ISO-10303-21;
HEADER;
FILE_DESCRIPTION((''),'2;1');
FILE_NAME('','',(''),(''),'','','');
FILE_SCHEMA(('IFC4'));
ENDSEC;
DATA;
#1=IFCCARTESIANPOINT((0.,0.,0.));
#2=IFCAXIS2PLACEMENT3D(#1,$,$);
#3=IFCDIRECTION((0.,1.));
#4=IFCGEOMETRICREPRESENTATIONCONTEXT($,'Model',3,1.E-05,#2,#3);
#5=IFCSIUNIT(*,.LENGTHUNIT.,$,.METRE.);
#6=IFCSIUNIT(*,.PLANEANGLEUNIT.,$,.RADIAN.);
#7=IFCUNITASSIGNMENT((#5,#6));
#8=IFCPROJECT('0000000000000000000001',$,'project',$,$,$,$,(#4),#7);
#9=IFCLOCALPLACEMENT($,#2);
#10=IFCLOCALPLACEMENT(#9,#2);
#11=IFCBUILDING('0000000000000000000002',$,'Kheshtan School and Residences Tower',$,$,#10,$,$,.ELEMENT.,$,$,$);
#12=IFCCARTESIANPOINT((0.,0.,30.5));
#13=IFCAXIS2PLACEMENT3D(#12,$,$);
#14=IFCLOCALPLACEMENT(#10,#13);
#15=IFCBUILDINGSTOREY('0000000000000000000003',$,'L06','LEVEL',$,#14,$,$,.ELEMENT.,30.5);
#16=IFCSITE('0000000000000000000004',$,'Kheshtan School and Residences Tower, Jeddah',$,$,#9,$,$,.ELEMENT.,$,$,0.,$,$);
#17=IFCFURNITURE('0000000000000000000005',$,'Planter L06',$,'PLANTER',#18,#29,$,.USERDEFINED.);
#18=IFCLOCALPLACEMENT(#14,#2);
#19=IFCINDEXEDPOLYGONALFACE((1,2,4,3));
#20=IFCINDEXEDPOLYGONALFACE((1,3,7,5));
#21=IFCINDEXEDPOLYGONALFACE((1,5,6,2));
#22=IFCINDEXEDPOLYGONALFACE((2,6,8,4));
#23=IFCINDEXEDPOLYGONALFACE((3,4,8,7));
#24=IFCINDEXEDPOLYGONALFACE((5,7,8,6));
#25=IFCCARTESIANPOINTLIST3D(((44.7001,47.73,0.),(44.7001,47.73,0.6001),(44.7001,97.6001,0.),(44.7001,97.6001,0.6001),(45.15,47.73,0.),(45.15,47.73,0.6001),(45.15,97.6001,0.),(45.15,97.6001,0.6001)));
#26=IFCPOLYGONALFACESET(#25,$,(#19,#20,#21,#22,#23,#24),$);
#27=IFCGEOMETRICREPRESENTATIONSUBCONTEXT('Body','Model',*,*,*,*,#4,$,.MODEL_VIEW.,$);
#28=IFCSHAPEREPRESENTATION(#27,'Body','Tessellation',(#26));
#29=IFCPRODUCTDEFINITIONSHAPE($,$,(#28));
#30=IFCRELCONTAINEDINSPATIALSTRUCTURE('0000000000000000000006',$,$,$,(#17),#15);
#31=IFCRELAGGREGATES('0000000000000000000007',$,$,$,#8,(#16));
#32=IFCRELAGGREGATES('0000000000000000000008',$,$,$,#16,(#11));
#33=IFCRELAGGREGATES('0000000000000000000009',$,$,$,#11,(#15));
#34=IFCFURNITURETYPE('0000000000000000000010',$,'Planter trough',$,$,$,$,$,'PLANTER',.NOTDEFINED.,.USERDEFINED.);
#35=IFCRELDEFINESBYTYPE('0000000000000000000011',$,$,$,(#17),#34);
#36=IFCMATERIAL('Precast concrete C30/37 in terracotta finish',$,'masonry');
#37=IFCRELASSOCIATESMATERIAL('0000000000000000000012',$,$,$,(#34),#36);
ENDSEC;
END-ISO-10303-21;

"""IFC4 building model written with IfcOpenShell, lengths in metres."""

from ifc_helpers import new_model, si_unit, direction, frame, origin, origin_2d, place, context, subcontext, project, spatial, rectangle, extrude, material, type_object, element, save


model = new_model("IFC4")

# Units and contexts
model_context = context("Model", 3, precision=1e-05, world=origin(), true_north=direction((0.0, 1.0)))
body_context = subcontext(model_context, "Body", "Model", "MODEL_VIEW")
ifc_project = project(units=[si_unit("LENGTHUNIT", "METRE"), si_unit("PLANEANGLEUNIT", "RADIAN")], contexts=[model_context])

# Site, building, storey
site_placement = place(None, origin())
site = spatial("IfcSite", under=ifc_project, at=site_placement, Name="Kheshtan School and Residences Tower, Jeddah", CompositionType="ELEMENT", RefElevation=0.0)
building_placement = place(site_placement, origin())
building = spatial("IfcBuilding", under=site, at=building_placement, Name="Kheshtan School and Residences Tower", CompositionType="ELEMENT")
storey_placement = place(building_placement, frame((0.0, 0.0, 30.5)))
storey = spatial("IfcBuildingStorey", under=building, at=storey_placement, Name="L06", Description="LEVEL", CompositionType="ELEMENT", Elevation=30.5)

# Furniture
ifc_material_1 = material(Name="Precast concrete C30/37 in terracotta finish", Category="masonry")
furniture_type = type_object("IfcFurnitureType", Name="Planter trough", ElementType="PLANTER", AssemblyPlace="NOTDEFINED", PredefinedType="USERDEFINED", material=ifc_material_1)
furniture_placement = place(storey_placement, frame((44.925, 72.665, 0.0), z_axis=(0.0, 0.0, 1.0), x_axis=(0.0, -1.0, 0.0)))
element("IfcFurniture", 1, at=furniture_placement, inside=storey, type_object=furniture_type, Name="Planter L06", ObjectType="PLANTER", PredefinedType="USERDEFINED", context=body_context, shape_type="SweptSolid", body=[
    extrude(rectangle(XDim=49.8701, YDim=0.45, at=origin_2d()), origin(), (0.0, 0.0, 1.0), 0.6001),
])

save(model, "model.ifc")
